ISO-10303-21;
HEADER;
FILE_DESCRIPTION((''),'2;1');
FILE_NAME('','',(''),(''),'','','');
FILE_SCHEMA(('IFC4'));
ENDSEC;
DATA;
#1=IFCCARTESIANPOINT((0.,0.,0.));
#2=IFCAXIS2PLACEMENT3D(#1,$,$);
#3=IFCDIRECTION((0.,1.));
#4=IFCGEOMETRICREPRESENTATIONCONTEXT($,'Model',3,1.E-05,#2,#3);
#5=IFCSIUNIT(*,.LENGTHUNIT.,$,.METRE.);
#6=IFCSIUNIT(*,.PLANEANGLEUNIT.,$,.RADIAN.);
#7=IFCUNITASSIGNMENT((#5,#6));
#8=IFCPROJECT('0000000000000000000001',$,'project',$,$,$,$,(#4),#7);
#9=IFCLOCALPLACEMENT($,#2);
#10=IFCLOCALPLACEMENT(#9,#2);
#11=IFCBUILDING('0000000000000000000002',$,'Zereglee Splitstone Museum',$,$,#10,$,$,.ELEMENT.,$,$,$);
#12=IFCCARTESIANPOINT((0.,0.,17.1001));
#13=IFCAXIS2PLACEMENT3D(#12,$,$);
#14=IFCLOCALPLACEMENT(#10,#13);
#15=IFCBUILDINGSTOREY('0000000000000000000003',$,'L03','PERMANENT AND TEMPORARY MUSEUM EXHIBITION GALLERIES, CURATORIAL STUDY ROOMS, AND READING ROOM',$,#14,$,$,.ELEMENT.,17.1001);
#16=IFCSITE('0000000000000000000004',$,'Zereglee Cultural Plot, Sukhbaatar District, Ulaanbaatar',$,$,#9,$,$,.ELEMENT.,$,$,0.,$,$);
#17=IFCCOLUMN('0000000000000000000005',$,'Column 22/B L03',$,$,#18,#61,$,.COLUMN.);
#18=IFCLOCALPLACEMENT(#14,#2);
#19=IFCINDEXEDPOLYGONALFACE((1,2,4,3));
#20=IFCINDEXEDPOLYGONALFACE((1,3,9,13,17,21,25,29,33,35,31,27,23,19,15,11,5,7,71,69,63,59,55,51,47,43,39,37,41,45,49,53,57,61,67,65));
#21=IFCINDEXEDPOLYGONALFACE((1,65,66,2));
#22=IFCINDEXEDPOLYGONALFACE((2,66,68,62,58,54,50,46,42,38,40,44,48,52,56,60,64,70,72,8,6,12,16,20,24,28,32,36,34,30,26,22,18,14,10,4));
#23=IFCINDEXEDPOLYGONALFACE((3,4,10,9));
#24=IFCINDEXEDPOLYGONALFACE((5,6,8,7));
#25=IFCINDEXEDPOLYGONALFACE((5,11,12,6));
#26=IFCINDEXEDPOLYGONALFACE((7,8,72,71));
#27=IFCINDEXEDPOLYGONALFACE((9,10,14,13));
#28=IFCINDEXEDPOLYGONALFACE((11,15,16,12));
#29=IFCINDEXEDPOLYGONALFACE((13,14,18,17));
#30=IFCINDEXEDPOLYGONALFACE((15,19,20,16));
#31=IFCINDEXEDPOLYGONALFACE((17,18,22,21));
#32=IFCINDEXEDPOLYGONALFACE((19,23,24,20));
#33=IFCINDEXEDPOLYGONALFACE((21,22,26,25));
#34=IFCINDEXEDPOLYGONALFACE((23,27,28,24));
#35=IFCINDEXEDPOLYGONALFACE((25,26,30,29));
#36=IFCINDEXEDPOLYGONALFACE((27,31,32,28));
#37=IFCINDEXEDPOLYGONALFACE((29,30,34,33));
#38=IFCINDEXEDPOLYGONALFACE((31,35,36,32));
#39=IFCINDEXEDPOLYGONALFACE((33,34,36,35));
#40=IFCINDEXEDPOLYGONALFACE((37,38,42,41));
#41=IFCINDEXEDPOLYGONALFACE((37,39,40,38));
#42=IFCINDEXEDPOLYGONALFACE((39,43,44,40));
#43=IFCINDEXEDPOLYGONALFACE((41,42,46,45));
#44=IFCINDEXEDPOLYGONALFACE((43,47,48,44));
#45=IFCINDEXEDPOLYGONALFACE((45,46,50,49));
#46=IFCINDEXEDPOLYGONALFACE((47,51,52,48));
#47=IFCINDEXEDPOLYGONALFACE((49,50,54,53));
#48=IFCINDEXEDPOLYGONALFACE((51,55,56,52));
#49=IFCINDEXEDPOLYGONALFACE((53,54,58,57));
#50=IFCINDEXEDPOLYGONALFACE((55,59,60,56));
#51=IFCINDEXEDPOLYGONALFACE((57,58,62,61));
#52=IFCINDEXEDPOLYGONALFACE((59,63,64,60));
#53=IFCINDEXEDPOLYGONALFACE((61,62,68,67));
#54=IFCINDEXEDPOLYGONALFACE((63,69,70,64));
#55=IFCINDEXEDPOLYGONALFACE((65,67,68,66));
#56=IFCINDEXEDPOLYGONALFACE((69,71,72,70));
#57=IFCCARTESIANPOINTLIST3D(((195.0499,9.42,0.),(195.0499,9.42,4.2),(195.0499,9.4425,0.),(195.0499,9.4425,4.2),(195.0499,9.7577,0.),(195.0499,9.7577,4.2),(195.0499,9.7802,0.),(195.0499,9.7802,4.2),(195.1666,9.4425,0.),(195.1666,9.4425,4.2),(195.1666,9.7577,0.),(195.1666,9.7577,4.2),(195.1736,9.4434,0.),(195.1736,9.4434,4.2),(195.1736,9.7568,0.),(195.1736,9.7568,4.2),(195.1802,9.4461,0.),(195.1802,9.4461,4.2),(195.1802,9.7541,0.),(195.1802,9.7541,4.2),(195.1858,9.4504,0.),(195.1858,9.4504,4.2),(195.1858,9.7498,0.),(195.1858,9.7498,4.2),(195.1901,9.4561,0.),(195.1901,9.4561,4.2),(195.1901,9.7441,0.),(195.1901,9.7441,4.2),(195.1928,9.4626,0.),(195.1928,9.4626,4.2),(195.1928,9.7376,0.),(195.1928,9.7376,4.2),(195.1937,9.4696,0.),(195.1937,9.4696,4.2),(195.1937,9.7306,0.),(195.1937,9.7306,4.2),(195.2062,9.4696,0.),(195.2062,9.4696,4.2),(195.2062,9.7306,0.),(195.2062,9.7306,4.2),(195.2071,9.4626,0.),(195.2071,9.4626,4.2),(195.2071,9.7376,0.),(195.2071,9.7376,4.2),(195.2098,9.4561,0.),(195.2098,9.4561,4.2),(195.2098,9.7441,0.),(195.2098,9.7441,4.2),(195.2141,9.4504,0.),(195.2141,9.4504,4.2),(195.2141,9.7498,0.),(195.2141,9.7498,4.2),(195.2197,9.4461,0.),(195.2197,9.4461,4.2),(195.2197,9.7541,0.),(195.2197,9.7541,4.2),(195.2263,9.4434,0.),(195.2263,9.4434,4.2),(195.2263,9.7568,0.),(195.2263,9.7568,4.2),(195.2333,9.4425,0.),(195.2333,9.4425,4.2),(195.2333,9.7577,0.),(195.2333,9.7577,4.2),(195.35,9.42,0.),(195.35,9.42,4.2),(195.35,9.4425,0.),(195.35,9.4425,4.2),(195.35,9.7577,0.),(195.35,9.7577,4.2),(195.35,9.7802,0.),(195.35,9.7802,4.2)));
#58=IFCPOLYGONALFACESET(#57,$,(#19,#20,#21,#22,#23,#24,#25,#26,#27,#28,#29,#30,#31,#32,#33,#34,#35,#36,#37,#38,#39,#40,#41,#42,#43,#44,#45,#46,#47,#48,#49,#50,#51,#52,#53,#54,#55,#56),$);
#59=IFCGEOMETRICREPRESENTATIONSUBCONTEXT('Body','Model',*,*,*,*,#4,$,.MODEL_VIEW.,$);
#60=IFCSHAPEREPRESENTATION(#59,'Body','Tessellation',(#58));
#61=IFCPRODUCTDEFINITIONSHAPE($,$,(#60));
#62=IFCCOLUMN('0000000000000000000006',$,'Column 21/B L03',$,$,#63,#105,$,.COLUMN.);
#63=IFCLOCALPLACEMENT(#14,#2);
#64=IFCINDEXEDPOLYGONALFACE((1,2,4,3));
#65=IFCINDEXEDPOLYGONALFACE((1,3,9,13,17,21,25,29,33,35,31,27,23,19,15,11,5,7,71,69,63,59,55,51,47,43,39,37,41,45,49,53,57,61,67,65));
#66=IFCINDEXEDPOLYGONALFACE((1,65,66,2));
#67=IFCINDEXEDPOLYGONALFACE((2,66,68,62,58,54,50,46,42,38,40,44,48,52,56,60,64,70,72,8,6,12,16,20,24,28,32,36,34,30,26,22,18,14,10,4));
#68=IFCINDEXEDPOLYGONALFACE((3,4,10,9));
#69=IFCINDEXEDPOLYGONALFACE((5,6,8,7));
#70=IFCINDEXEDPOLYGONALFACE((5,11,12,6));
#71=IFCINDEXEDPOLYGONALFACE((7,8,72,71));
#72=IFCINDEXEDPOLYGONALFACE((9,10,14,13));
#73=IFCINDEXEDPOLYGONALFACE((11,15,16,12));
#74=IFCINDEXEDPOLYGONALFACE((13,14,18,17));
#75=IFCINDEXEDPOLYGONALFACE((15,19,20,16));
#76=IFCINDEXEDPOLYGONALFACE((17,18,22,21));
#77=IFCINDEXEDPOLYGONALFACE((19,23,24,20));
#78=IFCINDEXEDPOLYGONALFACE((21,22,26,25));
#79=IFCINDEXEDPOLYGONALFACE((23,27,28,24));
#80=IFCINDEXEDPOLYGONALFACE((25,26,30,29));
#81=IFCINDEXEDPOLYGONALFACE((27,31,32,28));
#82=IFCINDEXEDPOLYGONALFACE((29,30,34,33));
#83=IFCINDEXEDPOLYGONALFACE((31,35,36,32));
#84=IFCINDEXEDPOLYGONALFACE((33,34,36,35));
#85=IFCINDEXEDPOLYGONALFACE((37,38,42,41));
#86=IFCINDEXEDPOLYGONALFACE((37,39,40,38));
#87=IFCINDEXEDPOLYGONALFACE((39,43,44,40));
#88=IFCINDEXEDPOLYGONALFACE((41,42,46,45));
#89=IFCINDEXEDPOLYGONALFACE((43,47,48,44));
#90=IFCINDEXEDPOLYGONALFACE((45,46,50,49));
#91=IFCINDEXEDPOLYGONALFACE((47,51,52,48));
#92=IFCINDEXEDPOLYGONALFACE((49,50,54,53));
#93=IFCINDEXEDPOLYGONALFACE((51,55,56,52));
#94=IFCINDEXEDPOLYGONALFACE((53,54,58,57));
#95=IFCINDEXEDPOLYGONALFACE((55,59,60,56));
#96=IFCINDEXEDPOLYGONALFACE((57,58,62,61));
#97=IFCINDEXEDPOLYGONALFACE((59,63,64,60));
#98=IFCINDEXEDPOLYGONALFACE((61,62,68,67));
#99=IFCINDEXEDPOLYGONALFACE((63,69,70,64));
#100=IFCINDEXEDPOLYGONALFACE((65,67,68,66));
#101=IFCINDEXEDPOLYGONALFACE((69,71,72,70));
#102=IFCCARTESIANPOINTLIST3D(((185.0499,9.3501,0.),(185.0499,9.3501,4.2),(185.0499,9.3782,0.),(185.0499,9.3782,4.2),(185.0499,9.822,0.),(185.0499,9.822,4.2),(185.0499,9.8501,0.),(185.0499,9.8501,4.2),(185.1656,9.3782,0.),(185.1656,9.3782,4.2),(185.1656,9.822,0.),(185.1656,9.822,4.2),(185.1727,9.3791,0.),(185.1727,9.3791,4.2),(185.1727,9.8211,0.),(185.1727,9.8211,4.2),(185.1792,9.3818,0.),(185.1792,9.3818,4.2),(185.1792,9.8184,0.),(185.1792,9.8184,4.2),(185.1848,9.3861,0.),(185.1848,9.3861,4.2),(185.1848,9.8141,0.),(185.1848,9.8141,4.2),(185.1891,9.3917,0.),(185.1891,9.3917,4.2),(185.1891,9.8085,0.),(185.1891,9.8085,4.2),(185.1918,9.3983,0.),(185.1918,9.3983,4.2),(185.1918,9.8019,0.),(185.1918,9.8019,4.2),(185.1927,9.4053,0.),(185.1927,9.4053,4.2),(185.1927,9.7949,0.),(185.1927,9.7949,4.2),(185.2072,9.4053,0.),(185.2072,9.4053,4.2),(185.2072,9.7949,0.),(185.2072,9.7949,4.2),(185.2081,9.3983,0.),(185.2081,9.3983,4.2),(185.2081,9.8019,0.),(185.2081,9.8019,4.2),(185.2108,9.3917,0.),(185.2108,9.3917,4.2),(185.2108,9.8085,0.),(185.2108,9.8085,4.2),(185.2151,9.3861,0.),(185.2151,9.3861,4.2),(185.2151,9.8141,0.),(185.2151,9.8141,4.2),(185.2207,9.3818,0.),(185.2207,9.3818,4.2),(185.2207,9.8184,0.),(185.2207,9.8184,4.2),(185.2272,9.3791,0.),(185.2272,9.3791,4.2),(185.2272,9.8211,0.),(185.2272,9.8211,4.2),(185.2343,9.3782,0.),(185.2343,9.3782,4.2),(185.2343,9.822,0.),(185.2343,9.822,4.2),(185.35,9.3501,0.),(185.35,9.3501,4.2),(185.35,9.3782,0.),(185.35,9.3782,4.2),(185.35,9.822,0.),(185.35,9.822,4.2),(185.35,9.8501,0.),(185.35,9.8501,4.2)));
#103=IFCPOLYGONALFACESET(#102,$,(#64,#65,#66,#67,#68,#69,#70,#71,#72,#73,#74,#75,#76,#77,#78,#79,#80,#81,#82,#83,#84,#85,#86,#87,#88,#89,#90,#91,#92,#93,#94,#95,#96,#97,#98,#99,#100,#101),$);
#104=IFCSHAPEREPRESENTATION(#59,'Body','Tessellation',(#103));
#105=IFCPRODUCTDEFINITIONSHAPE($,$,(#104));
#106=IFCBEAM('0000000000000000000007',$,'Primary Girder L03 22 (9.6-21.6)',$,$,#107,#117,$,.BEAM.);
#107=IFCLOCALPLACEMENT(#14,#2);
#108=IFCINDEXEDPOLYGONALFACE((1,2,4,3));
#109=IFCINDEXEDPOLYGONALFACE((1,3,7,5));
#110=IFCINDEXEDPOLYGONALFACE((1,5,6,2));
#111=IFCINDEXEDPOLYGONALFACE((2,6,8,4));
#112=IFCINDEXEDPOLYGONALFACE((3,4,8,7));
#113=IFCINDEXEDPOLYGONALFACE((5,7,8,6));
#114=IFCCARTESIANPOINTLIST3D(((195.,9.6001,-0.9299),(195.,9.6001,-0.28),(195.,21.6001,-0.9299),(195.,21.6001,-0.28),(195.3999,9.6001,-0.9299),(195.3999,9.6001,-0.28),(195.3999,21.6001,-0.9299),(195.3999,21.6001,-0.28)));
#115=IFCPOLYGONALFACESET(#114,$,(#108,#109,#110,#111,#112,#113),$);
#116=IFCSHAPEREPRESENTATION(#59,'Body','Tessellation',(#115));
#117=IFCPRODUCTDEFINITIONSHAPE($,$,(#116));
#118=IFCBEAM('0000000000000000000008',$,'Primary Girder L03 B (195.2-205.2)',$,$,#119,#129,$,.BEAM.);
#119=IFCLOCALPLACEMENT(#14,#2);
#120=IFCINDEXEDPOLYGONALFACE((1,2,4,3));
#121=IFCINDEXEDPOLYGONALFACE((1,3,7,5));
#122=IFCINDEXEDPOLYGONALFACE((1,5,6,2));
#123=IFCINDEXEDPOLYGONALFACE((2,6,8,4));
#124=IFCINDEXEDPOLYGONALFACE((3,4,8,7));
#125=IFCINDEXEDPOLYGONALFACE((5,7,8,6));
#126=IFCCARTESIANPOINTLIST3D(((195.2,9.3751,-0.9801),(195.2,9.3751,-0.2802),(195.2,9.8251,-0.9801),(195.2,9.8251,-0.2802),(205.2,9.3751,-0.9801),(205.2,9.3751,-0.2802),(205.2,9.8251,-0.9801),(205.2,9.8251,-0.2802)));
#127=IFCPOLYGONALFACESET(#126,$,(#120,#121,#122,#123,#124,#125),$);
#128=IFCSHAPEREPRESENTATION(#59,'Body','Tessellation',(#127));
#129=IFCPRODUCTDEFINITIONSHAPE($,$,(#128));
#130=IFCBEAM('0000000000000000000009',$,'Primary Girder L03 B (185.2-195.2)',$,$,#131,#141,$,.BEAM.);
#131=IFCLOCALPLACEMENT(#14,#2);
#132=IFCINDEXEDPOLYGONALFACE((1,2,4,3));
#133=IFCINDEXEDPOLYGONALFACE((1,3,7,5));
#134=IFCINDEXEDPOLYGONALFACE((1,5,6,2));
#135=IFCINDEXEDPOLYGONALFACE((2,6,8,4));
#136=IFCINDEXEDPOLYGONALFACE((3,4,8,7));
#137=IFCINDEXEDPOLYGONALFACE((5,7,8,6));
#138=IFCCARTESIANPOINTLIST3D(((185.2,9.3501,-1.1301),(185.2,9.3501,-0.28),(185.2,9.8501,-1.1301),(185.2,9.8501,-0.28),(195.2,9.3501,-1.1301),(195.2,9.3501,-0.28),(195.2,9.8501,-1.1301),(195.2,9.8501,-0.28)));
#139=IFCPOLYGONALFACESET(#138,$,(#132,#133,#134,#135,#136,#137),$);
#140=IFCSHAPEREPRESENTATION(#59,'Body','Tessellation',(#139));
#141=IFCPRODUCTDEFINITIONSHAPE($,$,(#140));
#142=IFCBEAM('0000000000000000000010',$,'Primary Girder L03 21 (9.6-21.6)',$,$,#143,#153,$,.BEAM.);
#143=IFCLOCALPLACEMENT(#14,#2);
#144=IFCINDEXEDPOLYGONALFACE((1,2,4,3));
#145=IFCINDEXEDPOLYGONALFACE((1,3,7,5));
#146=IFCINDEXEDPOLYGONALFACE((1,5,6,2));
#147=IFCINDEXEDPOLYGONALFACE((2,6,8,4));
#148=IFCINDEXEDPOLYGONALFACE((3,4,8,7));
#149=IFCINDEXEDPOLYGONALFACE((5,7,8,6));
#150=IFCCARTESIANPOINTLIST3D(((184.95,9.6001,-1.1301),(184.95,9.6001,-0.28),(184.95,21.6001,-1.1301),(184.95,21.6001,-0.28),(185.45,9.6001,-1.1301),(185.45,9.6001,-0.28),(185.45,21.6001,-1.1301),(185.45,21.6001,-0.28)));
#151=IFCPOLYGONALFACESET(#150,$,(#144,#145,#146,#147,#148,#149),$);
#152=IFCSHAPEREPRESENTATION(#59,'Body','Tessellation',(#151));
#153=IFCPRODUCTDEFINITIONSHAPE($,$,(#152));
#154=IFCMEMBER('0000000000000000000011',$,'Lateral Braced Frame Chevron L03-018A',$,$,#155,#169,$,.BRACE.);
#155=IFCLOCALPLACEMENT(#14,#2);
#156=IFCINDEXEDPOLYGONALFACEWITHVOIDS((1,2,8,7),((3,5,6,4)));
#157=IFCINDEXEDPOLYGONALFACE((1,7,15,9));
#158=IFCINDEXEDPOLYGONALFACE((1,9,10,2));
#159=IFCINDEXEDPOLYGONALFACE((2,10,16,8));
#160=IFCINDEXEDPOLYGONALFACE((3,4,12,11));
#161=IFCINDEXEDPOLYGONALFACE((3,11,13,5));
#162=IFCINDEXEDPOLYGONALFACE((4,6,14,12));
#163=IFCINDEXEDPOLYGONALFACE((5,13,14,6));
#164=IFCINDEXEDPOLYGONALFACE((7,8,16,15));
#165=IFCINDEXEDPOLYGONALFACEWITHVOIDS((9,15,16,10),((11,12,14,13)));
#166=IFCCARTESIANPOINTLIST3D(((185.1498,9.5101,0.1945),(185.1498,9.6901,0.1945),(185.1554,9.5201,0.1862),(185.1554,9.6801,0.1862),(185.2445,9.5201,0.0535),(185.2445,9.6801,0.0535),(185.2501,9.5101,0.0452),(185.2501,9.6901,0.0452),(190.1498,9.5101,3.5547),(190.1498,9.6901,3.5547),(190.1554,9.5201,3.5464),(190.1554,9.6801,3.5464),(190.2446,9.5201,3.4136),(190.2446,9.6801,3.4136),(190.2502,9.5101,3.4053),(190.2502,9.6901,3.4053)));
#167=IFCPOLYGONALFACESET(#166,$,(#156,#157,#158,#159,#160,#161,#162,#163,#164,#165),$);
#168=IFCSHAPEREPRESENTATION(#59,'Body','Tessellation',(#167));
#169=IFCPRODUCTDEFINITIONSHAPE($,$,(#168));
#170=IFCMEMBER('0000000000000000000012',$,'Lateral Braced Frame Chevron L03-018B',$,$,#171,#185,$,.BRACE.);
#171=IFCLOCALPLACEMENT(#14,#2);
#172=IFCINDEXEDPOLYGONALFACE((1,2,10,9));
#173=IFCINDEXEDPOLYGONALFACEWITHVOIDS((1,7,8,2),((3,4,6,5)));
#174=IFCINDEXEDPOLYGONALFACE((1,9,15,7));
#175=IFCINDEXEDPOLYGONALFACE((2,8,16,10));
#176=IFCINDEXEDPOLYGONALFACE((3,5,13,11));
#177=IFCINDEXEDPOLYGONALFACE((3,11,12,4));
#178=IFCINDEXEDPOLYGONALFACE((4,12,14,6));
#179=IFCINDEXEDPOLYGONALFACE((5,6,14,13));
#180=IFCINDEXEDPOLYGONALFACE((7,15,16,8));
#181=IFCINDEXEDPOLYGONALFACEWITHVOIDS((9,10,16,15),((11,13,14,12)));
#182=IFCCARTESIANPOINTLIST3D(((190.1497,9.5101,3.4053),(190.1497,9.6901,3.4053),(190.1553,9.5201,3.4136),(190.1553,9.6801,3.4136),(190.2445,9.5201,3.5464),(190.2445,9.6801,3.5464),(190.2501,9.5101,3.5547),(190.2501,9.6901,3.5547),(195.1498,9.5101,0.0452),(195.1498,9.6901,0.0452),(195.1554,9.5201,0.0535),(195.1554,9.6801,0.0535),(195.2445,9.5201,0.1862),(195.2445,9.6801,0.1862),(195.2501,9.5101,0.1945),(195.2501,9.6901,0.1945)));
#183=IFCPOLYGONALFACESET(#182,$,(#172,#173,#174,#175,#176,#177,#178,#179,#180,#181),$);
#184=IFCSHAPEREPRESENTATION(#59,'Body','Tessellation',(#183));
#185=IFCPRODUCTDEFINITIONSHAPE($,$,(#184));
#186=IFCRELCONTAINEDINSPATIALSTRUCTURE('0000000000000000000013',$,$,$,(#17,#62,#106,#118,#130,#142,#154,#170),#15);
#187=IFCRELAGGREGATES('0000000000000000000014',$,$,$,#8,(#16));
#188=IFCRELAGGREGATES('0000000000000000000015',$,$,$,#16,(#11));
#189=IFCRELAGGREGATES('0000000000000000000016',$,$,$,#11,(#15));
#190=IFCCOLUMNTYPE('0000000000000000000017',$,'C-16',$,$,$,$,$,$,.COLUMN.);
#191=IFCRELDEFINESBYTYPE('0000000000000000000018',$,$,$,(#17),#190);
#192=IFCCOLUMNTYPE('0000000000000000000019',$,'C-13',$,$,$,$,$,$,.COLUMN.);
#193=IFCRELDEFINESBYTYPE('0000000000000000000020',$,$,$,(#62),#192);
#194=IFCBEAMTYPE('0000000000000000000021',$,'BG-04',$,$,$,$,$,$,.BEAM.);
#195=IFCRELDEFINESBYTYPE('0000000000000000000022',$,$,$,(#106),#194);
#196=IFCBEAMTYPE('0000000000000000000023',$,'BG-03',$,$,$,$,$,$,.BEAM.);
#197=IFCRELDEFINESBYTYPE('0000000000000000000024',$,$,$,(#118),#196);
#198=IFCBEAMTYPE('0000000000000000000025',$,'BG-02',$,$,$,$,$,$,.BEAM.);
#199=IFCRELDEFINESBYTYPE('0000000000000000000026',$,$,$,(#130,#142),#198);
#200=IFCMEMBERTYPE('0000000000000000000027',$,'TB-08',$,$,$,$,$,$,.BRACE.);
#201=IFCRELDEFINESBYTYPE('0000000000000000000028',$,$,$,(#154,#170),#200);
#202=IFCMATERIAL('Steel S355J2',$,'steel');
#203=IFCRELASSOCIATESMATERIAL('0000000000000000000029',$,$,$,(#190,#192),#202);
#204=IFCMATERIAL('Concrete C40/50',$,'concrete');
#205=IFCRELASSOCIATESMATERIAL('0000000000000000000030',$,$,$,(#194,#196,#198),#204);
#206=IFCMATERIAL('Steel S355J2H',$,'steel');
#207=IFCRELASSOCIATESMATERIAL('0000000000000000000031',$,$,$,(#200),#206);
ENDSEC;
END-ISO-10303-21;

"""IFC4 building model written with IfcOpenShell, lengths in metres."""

from ifc_helpers import new_model, si_unit, direction, frame, origin, origin_2d, place, context, subcontext, project, spatial, rectangle, hollow_rectangle, i_section, extrude, material, material_profile, profile_set, type_object, element, save


model = new_model("IFC4")

# Units and contexts
model_context = context("Model", 3, precision=1e-05, world=origin(), true_north=direction((0.0, 1.0)))
body_context = subcontext(model_context, "Body", "Model", "MODEL_VIEW")
ifc_project = project(units=[si_unit("LENGTHUNIT", "METRE"), si_unit("PLANEANGLEUNIT", "RADIAN")], contexts=[model_context])

# Site, building, storey
site_placement = place(None, origin())
site = spatial("IfcSite", under=ifc_project, at=site_placement, Name="Zereglee Cultural Plot, Sukhbaatar District, Ulaanbaatar", CompositionType="ELEMENT", RefElevation=0.0)
building_placement = place(site_placement, origin())
building = spatial("IfcBuilding", under=site, at=building_placement, Name="Zereglee Splitstone Museum", CompositionType="ELEMENT")
storey_placement = place(building_placement, frame((0.0, 0.0, 17.1001)))
storey = spatial("IfcBuildingStorey", under=building, at=storey_placement, Name="L03", Description="PERMANENT AND TEMPORARY MUSEUM EXHIBITION GALLERIES, CURATORIAL STUDY ROOMS, AND READING ROOM", CompositionType="ELEMENT", Elevation=17.1001)

# Columns
ifc_material_1 = material(Name="Steel S355J2", Category="steel")
ifc_material_profile_1 = material_profile(ifc_material_1, i_section(OverallWidth=0.3, OverallDepth=0.3601, WebThickness=0.0125, FlangeThickness=0.0225, FilletRadius=0.0271, at=origin_2d()), Name="HE 360 B")
ifc_profile_set_1 = profile_set([ifc_material_profile_1], Name="Steel S355J2")
column_type_1 = type_object("IfcColumnType", Name="C-16", PredefinedType="COLUMN", material=ifc_profile_set_1)
column_1_placement = place(storey_placement, frame((195.2, 9.6001, 0.0), z_axis=(0.0, 0.0, 1.0), x_axis=(1.0, 0.0, 0.0)))
element("IfcColumn", 1, at=column_1_placement, inside=storey, type_object=column_type_1, Name="Column 22/B L03", PredefinedType="COLUMN", context=body_context, shape_type="SweptSolid", body=[
    extrude(i_section(OverallWidth=0.3, OverallDepth=0.3601, WebThickness=0.0125, FlangeThickness=0.0225, FilletRadius=0.0271, at=origin_2d()), origin(), (0.0, 0.0, 1.0), 4.2),
])
ifc_material_profile_2 = material_profile(ifc_material_1, i_section(OverallWidth=0.3, OverallDepth=0.5, WebThickness=0.0144, FlangeThickness=0.0281, FilletRadius=0.0271, at=origin_2d()), Name="HE 500 B")
ifc_profile_set_2 = profile_set([ifc_material_profile_2], Name="Steel S355J2")
column_type_2 = type_object("IfcColumnType", Name="C-13", PredefinedType="COLUMN", material=ifc_profile_set_2)
column_2_placement = place(storey_placement, frame((185.2, 9.6001, 0.0), z_axis=(0.0, 0.0, 1.0), x_axis=(1.0, 0.0, 0.0)))
element("IfcColumn", 2, at=column_2_placement, inside=storey, type_object=column_type_2, Name="Column 21/B L03", PredefinedType="COLUMN", context=body_context, shape_type="SweptSolid", body=[
    extrude(i_section(OverallWidth=0.3, OverallDepth=0.5, WebThickness=0.0144, FlangeThickness=0.0281, FilletRadius=0.0271, at=origin_2d()), origin(), (0.0, 0.0, 1.0), 4.2),
])

# Beams
ifc_material_2 = material(Name="Concrete C40/50", Category="concrete")
ifc_material_profile_3 = material_profile(ifc_material_2, rectangle(XDim=0.3999, YDim=0.6499, at=origin_2d()), Name="RC 400x650")
ifc_profile_set_3 = profile_set([ifc_material_profile_3], Name="Concrete C40/50")
beam_type_1 = type_object("IfcBeamType", Name="BG-04", PredefinedType="BEAM", material=ifc_profile_set_3)
beam_1_placement = place(storey_placement, frame((195.2, 9.6001, -0.605), z_axis=(0.0, 1.0, 0.0), x_axis=(-1.0, 0.0, 0.0)))
element("IfcBeam", 3, at=beam_1_placement, inside=storey, type_object=beam_type_1, Name="Primary Girder L03 22 (9.6-21.6)", PredefinedType="BEAM", context=body_context, shape_type="SweptSolid", body=[
    extrude(rectangle(XDim=0.3999, YDim=0.6499, at=origin_2d()), origin(), (0.0, 0.0, 1.0), 12.0),
])
ifc_material_profile_4 = material_profile(ifc_material_2, rectangle(XDim=0.45, YDim=0.7, at=origin_2d()), Name="RC 450x700")
ifc_profile_set_4 = profile_set([ifc_material_profile_4], Name="Concrete C40/50")
beam_type_2 = type_object("IfcBeamType", Name="BG-03", PredefinedType="BEAM", material=ifc_profile_set_4)
beam_2_placement = place(storey_placement, frame((195.2, 9.6001, -0.6301), z_axis=(1.0, 0.0, 0.0), x_axis=(0.0, 1.0, 0.0)))
element("IfcBeam", 4, at=beam_2_placement, inside=storey, type_object=beam_type_2, Name="Primary Girder L03 B (195.2-205.2)", PredefinedType="BEAM", context=body_context, shape_type="SweptSolid", body=[
    extrude(rectangle(XDim=0.45, YDim=0.7, at=origin_2d()), origin(), (0.0, 0.0, 1.0), 10.0),
])
ifc_material_profile_5 = material_profile(ifc_material_2, rectangle(XDim=0.5, YDim=0.8501, at=origin_2d()), Name="RC 500x850")
ifc_profile_set_5 = profile_set([ifc_material_profile_5], Name="Concrete C40/50")
beam_type_3 = type_object("IfcBeamType", Name="BG-02", PredefinedType="BEAM", material=ifc_profile_set_5)
beam_3_placement = place(storey_placement, frame((185.2, 9.6001, -0.7051), z_axis=(1.0, 0.0, 0.0), x_axis=(0.0, 1.0, 0.0)))
element("IfcBeam", 5, at=beam_3_placement, inside=storey, type_object=beam_type_3, Name="Primary Girder L03 B (185.2-195.2)", PredefinedType="BEAM", context=body_context, shape_type="SweptSolid", body=[
    extrude(rectangle(XDim=0.5, YDim=0.8501, at=origin_2d()), origin(), (0.0, 0.0, 1.0), 10.0),
])
beam_4_placement = place(storey_placement, frame((185.2, 9.6001, -0.7051), z_axis=(0.0, 1.0, 0.0), x_axis=(-1.0, 0.0, 0.0)))
element("IfcBeam", 6, at=beam_4_placement, inside=storey, type_object=beam_type_3, Name="Primary Girder L03 21 (9.6-21.6)", PredefinedType="BEAM", context=body_context, shape_type="SweptSolid", body=[
    extrude(rectangle(XDim=0.5, YDim=0.8501, at=origin_2d()), origin(), (0.0, 0.0, 1.0), 12.0),
])

# Members
ifc_material_3 = material(Name="Steel S355J2H", Category="steel")
ifc_material_profile_6 = material_profile(ifc_material_3, hollow_rectangle(XDim=0.1799, YDim=0.1799, WallThickness=0.01, at=origin_2d()), Name="SHS 180x180x10")
ifc_profile_set_6 = profile_set([ifc_material_profile_6], Name="Steel S355J2H")
member_type = type_object("IfcMemberType", Name="TB-08", PredefinedType="BRACE", material=ifc_profile_set_6)
for number, where, z_axis, x_axis, name in (
    (7, (185.2, 9.6001, 0.1199), (0.829993, 0.0, 0.557773), (0.0, 1.0, 0.0), "Lateral Braced Frame Chevron L03-018A"),
    (8, (195.2, 9.6001, 0.1199), (-0.829993, 0.0, 0.557773), (0.0, -1.0, 0.0), "Lateral Braced Frame Chevron L03-018B"),
):
    element("IfcMember", number, at=place(storey_placement, frame(where, z_axis=z_axis, x_axis=x_axis)), inside=storey, type_object=member_type, Name=name, PredefinedType="BRACE", context=body_context, shape_type="SweptSolid", body=[
        extrude(hollow_rectangle(XDim=0.1799, YDim=0.1799, WallThickness=0.01, at=origin_2d()), origin(), (0.0, 0.0, 1.0), 6.0242),
    ])

save(model, "model.ifc")
